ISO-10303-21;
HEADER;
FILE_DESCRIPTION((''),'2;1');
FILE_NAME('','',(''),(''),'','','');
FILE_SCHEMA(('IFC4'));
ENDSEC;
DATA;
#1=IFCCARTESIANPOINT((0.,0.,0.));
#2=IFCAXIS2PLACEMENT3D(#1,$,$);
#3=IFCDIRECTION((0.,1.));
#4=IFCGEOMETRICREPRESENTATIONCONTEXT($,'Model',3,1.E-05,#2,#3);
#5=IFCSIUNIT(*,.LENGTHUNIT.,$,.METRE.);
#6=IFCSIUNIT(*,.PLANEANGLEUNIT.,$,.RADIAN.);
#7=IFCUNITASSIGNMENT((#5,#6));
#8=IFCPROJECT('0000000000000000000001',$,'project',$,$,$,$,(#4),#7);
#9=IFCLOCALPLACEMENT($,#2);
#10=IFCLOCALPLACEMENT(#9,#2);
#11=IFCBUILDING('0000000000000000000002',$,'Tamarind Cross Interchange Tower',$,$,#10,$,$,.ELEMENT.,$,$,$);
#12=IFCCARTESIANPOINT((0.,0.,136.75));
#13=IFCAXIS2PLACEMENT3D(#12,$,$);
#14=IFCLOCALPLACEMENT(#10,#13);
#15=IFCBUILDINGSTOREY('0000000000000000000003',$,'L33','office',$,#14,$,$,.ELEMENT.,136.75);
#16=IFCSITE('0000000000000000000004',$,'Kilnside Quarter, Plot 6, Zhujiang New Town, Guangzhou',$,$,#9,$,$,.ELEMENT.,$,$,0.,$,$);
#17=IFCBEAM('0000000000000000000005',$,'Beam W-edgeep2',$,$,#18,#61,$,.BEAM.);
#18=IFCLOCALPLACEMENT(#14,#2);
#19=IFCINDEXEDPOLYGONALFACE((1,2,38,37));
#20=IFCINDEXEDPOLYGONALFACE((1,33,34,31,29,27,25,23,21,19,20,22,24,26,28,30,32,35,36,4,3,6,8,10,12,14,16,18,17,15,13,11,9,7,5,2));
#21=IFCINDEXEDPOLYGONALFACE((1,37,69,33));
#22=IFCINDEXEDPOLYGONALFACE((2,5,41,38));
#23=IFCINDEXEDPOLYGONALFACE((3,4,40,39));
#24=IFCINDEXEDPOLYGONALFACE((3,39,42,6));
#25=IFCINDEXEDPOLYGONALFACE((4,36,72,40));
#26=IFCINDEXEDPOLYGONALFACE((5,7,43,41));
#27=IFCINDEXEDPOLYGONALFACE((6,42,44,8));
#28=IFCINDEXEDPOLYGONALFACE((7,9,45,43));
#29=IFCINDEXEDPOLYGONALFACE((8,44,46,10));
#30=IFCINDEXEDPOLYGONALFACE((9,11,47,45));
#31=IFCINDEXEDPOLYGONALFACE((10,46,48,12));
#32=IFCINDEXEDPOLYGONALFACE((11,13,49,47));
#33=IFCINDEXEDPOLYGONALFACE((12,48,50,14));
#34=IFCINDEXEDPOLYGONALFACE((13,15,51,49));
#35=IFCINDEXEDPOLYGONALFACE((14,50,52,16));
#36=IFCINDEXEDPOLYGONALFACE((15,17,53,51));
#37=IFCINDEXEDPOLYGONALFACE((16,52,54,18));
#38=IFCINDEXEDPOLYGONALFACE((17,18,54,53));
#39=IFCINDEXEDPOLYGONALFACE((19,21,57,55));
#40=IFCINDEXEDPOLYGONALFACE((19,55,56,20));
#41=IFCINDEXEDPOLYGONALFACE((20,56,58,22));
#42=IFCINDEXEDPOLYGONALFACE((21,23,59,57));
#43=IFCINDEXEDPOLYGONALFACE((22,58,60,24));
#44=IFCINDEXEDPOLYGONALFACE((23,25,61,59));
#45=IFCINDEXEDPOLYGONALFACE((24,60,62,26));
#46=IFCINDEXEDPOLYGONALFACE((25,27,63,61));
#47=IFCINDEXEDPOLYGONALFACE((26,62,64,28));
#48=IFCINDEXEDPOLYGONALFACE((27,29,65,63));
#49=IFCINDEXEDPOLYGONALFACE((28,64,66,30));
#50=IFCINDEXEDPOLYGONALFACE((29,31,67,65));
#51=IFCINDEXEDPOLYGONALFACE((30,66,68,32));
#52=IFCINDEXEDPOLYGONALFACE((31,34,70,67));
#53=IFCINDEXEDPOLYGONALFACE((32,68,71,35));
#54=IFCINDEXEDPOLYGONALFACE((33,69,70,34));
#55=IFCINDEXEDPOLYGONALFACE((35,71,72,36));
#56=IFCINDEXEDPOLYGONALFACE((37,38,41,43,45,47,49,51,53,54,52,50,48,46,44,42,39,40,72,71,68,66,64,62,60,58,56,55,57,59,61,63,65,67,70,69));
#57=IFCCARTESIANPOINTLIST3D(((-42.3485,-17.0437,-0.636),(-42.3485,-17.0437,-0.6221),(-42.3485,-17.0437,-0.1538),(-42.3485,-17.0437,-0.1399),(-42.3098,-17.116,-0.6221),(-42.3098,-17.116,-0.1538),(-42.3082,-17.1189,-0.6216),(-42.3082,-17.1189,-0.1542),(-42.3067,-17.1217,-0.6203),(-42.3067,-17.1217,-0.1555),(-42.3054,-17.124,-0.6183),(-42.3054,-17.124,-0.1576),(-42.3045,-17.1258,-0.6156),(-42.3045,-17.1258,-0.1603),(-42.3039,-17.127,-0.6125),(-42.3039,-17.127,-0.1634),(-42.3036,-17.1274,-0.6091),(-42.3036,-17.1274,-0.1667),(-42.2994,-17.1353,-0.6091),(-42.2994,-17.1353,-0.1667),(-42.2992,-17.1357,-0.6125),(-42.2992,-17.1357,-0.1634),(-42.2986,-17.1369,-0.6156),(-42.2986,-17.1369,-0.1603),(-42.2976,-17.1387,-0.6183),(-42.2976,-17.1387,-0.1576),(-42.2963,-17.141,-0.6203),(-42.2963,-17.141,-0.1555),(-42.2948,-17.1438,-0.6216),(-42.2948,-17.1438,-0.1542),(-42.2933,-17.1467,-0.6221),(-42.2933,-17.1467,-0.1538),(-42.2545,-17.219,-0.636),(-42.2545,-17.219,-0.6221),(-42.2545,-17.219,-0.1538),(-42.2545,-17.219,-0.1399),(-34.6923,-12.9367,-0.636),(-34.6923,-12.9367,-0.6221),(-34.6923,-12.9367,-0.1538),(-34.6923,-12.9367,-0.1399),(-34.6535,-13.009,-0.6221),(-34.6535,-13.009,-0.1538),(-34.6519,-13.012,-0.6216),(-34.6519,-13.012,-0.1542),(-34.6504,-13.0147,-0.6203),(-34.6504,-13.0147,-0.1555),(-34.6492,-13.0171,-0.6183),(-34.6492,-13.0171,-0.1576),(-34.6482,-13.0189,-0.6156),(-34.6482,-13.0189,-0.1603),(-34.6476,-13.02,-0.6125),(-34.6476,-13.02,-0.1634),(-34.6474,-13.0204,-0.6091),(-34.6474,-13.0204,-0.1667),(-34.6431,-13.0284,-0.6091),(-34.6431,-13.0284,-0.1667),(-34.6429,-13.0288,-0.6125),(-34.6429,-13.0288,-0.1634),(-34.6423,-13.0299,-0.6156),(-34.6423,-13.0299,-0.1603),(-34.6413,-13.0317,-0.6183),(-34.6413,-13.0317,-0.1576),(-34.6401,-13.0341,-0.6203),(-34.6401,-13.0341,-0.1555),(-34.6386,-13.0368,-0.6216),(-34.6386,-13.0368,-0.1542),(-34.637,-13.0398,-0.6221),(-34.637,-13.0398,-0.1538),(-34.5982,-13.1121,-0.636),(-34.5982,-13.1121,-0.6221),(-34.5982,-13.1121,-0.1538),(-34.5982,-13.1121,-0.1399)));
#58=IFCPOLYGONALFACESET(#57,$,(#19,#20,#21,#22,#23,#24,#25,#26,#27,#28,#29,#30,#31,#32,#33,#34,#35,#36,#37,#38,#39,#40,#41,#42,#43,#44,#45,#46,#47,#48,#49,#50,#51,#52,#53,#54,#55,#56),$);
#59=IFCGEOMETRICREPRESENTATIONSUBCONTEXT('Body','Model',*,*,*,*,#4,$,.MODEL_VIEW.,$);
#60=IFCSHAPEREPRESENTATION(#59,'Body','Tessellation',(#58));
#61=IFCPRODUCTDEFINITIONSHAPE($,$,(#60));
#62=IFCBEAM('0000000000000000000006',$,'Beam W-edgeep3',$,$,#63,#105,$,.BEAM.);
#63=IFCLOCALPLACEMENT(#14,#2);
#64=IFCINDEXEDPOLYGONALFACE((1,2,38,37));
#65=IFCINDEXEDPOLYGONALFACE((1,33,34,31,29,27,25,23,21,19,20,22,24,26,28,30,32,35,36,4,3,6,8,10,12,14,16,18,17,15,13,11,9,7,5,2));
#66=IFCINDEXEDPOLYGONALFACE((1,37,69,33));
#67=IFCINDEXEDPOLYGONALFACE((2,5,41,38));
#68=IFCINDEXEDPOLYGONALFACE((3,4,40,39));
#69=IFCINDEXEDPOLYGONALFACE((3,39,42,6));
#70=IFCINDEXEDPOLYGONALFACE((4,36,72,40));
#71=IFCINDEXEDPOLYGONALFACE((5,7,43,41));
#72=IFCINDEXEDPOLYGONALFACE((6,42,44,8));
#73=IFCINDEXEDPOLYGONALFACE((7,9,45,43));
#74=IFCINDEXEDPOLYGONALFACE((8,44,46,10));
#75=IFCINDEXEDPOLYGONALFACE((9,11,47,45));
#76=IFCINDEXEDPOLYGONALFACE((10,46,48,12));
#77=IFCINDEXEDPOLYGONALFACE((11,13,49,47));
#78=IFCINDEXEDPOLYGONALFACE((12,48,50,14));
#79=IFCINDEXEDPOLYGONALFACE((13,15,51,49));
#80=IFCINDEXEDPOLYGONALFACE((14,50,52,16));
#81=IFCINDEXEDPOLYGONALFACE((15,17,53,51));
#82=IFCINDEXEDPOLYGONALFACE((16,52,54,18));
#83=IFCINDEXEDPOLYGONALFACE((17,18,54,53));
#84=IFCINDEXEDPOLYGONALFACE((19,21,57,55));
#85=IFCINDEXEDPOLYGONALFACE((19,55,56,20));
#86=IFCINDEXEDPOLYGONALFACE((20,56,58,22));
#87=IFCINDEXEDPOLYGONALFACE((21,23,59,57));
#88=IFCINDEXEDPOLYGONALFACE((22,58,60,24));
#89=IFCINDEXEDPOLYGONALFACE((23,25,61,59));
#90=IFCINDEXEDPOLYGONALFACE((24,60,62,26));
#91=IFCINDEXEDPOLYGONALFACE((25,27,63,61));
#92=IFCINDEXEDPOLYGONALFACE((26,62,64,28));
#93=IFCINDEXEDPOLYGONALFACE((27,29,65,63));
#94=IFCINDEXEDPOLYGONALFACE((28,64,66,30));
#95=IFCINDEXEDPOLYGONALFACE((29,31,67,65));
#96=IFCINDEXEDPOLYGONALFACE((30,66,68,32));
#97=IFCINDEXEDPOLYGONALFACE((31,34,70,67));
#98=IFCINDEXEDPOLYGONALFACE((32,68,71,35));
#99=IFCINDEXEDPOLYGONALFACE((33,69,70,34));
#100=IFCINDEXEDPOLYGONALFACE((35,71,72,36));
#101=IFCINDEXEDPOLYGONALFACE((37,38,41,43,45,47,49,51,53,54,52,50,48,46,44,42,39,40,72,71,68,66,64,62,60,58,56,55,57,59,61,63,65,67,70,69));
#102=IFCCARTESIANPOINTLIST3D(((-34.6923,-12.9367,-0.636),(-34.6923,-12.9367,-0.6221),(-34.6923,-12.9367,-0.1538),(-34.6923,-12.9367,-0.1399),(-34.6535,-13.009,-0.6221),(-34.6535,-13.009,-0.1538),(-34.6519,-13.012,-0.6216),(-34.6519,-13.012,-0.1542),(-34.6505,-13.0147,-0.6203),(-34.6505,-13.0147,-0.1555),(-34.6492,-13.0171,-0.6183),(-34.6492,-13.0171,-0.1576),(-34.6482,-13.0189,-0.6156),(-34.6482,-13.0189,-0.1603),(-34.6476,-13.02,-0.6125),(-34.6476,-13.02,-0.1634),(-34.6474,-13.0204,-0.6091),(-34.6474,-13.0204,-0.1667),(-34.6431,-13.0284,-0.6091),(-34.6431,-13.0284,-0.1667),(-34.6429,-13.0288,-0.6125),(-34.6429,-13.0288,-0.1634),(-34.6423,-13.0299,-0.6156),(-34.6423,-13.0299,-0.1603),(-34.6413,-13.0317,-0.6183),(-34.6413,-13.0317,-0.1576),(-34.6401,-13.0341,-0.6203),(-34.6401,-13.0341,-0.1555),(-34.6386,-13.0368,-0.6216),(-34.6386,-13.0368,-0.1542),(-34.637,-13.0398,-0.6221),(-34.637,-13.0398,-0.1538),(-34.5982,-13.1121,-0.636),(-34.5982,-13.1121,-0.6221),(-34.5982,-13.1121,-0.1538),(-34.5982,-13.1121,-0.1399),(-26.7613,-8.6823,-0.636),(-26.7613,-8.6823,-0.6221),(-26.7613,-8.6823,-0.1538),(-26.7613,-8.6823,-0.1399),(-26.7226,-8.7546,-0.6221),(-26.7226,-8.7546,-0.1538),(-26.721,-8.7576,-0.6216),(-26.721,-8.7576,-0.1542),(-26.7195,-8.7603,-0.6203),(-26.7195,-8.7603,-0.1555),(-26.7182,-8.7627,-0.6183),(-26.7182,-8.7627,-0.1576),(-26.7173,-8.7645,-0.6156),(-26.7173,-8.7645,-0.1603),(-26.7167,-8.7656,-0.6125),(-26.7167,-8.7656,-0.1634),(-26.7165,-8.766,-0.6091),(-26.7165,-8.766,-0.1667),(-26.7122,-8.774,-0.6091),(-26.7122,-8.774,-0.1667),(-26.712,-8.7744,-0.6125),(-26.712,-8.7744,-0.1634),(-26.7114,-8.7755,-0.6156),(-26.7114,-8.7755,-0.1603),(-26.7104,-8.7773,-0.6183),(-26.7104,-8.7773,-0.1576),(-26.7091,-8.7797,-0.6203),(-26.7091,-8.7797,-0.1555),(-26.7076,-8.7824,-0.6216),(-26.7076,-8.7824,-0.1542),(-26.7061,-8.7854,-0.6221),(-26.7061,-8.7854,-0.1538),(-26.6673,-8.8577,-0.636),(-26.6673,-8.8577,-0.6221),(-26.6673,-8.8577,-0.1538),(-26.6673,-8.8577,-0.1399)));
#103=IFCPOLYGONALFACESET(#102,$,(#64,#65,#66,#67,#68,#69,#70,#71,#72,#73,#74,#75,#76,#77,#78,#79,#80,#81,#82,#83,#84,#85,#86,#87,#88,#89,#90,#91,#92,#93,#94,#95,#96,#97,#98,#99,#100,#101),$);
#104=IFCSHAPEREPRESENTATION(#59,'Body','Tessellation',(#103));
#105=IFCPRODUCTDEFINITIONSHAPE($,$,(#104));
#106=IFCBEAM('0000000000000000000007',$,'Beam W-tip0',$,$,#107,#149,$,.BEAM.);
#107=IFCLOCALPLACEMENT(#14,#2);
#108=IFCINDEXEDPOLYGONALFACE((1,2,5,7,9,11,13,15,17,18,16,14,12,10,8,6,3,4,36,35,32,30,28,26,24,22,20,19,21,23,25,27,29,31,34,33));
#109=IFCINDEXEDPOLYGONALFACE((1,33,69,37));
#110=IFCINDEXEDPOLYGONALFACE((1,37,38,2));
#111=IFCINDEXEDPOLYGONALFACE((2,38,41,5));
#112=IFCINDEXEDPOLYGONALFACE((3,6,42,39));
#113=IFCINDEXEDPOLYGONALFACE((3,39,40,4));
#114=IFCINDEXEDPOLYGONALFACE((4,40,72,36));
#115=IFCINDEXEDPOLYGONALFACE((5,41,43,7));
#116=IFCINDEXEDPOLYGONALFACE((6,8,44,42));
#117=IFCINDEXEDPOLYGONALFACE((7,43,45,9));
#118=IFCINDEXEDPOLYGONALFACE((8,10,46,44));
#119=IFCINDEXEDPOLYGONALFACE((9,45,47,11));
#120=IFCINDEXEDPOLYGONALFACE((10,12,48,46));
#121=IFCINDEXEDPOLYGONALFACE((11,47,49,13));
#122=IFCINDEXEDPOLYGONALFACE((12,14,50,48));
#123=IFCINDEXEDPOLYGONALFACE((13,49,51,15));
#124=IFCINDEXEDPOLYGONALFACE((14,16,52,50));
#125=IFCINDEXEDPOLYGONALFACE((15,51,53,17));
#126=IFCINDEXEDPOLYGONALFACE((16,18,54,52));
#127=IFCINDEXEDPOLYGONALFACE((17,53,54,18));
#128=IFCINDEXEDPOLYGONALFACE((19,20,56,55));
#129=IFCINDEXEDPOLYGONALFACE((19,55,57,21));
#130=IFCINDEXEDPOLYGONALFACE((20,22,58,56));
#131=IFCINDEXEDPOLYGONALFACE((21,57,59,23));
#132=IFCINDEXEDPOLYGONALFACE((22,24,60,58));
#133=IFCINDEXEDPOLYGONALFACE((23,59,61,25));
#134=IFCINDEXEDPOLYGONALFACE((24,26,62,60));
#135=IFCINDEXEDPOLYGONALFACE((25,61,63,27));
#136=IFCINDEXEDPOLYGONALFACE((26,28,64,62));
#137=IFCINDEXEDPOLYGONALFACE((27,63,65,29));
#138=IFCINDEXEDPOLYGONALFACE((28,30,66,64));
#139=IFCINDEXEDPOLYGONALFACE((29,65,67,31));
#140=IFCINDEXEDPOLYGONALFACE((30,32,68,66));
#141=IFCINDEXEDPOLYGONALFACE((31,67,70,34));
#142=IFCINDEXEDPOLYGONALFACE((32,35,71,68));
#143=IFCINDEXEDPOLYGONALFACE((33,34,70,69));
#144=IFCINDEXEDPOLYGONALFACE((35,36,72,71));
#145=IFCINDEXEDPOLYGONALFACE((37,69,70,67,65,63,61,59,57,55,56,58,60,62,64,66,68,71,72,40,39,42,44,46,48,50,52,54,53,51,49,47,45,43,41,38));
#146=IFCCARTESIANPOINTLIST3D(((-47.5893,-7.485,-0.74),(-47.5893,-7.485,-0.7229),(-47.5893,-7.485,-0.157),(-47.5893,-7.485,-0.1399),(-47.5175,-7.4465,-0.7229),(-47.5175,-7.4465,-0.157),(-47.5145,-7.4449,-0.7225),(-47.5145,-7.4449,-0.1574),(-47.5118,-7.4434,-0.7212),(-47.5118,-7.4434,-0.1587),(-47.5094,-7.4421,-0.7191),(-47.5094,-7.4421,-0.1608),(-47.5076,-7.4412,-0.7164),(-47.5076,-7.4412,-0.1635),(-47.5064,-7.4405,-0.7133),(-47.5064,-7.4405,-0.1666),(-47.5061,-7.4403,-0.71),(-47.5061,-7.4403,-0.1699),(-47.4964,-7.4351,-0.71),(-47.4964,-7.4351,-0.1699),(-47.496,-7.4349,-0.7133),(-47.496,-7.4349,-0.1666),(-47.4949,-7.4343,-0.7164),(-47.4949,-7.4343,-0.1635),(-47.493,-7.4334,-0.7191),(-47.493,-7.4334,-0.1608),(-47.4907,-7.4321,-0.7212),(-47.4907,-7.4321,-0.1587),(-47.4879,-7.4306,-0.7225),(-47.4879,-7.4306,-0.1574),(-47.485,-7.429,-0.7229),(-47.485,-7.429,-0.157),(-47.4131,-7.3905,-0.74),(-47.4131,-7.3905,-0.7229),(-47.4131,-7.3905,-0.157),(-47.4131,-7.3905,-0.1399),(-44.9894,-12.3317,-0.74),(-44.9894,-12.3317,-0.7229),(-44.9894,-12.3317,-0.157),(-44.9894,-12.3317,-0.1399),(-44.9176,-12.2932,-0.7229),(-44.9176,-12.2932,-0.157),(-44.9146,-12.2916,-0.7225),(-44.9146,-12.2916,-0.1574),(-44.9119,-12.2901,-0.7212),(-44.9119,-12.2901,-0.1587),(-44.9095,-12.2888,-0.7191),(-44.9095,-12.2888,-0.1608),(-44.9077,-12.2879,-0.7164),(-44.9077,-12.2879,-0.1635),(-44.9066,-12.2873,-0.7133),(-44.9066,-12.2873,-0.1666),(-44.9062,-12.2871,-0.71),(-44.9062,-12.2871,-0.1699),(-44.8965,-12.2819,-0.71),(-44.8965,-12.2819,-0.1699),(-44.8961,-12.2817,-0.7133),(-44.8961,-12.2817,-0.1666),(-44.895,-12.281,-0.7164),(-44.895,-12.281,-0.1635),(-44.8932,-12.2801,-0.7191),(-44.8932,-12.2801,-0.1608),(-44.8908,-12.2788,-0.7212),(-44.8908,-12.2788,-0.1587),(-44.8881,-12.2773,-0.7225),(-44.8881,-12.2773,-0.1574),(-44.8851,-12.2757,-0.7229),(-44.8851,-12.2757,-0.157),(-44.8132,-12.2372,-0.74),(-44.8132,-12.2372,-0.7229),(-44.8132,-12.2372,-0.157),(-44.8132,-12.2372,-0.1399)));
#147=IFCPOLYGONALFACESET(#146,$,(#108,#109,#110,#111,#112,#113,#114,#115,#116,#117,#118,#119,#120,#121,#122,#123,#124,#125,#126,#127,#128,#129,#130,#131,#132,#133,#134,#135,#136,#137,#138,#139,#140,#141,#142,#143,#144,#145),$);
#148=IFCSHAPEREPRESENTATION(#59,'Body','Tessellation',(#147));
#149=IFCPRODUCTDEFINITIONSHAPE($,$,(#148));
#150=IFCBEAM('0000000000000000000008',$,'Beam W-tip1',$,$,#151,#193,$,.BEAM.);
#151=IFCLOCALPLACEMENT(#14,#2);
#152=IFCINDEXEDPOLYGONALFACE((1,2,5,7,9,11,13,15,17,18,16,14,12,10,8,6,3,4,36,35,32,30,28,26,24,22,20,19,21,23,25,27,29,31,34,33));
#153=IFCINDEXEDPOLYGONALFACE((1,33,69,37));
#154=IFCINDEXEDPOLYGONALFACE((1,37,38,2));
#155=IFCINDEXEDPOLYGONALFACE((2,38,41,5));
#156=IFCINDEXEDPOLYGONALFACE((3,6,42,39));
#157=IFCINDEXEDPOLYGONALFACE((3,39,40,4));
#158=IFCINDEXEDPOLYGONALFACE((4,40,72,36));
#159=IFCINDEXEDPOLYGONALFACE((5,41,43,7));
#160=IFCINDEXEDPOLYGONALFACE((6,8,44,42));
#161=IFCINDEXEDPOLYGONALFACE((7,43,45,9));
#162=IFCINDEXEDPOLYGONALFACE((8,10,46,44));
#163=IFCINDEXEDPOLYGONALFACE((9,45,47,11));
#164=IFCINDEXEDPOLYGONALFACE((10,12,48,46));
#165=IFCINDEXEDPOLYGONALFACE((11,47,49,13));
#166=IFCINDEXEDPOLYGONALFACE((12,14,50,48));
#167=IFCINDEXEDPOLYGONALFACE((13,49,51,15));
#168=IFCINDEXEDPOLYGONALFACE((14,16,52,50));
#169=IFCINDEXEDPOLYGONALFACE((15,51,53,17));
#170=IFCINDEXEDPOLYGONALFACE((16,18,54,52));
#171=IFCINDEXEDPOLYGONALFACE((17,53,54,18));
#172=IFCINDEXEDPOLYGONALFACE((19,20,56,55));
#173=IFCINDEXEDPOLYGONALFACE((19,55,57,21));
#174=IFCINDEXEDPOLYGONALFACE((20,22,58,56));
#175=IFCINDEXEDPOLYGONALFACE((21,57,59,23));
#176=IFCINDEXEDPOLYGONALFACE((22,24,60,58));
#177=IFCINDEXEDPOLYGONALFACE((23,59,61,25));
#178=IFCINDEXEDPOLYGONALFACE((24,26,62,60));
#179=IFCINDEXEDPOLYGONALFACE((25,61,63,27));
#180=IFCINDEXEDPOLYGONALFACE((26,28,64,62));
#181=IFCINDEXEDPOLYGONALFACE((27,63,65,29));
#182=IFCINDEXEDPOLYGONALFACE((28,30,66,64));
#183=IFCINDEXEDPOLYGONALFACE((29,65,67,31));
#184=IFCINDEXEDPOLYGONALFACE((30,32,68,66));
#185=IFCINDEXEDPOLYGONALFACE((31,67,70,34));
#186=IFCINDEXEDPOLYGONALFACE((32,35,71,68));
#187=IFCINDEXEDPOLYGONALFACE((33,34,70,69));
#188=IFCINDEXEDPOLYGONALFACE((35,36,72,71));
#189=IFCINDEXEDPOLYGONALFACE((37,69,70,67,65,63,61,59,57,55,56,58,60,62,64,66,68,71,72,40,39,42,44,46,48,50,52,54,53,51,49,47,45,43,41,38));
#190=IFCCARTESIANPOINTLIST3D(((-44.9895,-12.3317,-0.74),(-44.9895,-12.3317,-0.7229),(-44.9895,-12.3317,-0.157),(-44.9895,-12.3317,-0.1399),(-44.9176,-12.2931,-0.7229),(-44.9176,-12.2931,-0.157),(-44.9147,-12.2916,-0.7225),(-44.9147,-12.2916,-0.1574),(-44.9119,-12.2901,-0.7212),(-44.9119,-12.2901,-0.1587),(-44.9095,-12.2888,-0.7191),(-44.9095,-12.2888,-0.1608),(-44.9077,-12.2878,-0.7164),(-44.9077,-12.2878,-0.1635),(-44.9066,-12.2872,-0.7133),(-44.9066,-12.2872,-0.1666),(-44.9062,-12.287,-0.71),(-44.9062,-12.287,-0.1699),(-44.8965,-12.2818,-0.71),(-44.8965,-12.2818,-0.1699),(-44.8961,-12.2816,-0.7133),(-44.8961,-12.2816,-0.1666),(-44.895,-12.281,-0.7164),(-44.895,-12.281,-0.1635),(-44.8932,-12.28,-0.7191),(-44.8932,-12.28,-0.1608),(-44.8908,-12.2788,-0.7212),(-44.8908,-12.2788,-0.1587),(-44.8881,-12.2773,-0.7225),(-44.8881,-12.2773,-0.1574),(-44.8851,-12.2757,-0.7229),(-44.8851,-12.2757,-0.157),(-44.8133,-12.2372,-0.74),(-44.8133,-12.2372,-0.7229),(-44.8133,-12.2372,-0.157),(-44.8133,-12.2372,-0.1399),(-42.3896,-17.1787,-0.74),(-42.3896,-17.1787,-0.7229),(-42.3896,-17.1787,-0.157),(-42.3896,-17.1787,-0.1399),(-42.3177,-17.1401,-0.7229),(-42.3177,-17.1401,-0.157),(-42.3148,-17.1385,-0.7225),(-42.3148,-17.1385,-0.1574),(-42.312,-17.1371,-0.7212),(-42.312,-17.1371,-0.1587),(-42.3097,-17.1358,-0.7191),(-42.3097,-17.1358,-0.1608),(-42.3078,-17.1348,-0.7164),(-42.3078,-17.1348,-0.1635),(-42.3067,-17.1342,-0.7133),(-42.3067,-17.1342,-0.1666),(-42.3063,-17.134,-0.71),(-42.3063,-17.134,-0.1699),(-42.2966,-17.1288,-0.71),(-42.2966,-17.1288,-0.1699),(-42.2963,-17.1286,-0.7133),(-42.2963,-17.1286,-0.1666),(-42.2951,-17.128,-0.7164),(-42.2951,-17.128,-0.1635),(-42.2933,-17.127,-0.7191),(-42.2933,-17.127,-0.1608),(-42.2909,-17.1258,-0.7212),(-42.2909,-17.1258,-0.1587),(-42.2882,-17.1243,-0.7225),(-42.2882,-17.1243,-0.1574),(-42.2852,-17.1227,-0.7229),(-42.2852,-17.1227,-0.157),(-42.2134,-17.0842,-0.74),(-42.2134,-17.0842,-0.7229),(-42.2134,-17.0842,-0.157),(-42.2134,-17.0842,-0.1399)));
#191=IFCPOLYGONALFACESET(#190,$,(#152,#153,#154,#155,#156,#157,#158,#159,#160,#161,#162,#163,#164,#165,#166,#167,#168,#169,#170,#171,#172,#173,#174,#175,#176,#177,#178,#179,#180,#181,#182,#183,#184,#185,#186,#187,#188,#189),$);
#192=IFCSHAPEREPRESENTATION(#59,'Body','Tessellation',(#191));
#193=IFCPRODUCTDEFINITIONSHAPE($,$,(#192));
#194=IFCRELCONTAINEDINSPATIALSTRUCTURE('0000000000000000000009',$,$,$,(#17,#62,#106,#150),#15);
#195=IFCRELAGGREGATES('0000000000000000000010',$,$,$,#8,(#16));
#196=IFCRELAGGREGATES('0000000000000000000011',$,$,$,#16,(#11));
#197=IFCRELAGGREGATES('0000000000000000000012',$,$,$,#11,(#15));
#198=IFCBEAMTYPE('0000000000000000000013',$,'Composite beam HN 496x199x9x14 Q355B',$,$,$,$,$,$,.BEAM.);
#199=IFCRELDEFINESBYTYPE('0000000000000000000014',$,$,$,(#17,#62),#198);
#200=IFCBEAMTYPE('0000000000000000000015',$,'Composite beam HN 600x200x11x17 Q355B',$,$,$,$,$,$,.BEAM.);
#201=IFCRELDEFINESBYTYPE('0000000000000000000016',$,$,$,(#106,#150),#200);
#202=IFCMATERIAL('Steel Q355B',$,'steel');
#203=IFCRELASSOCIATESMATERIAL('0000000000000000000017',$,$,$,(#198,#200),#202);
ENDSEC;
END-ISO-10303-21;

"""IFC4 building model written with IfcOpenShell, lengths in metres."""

from ifc_helpers import new_model, si_unit, direction, frame, origin, origin_2d, place, context, subcontext, project, spatial, i_section, extrude, material, material_profile, profile_set, type_object, element, save


model = new_model("IFC4")

# Units and contexts
model_context = context("Model", 3, precision=1e-05, world=origin(), true_north=direction((0.0, 1.0)))
body_context = subcontext(model_context, "Body", "Model", "MODEL_VIEW")
ifc_project = project(units=[si_unit("LENGTHUNIT", "METRE"), si_unit("PLANEANGLEUNIT", "RADIAN")], contexts=[model_context])

# Site, building, storey
site_placement = place(None, origin())
site = spatial("IfcSite", under=ifc_project, at=site_placement, Name="Kilnside Quarter, Plot 6, Zhujiang New Town, Guangzhou", CompositionType="ELEMENT", RefElevation=0.0)
building_placement = place(site_placement, origin())
building = spatial("IfcBuilding", under=site, at=building_placement, Name="Tamarind Cross Interchange Tower", CompositionType="ELEMENT")
storey_placement = place(building_placement, frame((0.0, 0.0, 136.75)))
storey = spatial("IfcBuildingStorey", under=building, at=storey_placement, Name="L33", Description="office", CompositionType="ELEMENT", Elevation=136.75)

# Beams
ifc_material_1 = material(Name="Steel Q355B", Category="steel")
ifc_material_profile_1 = material_profile(ifc_material_1, i_section(OverallWidth=0.199, OverallDepth=0.4961, WebThickness=0.009, FlangeThickness=0.0139, FilletRadius=0.0129, at=origin_2d()), Name="HN 496x199x9x14")
ifc_profile_set_1 = profile_set([ifc_material_profile_1], Name="Steel Q355B")
beam_type_1 = type_object("IfcBeamType", Name="Composite beam HN 496x199x9x14 Q355B", PredefinedType="BEAM", material=ifc_profile_set_1)
beam_1_placement = place(storey_placement, frame((-42.3015, -17.1313, -0.3879), z_axis=(0.881223, 0.472702, 0.0), x_axis=(-0.472702, 0.881223, 0.0)))
element("IfcBeam", 1, at=beam_1_placement, inside=storey, type_object=beam_type_1, Name="Beam W-edgeep2", PredefinedType="BEAM", context=body_context, shape_type="SweptSolid", body=[
    extrude(i_section(OverallWidth=0.199, OverallDepth=0.4961, WebThickness=0.009, FlangeThickness=0.0139, FilletRadius=0.0129, at=origin_2d()), origin(), (0.0, 0.0, 1.0), 8.6882),
])
beam_2_placement = place(storey_placement, frame((-34.6453, -13.0244, -0.3879), z_axis=(0.881216, 0.472713, 0.0), x_axis=(-0.472713, 0.881216, 0.0)))
element("IfcBeam", 2, at=beam_2_placement, inside=storey, type_object=beam_type_1, Name="Beam W-edgeep3", PredefinedType="BEAM", context=body_context, shape_type="SweptSolid", body=[
    extrude(i_section(OverallWidth=0.199, OverallDepth=0.4961, WebThickness=0.009, FlangeThickness=0.0139, FilletRadius=0.0129, at=origin_2d()), origin(), (0.0, 0.0, 1.0), 9.0),
])
ifc_material_profile_2 = material_profile(ifc_material_1, i_section(OverallWidth=0.2, OverallDepth=0.6001, WebThickness=0.011, FlangeThickness=0.0171, FilletRadius=0.0129, at=origin_2d()), Name="HN 600x200x11x17")
ifc_profile_set_2 = profile_set([ifc_material_profile_2], Name="Steel Q355B")
beam_type_2 = type_object("IfcBeamType", Name="Composite beam HN 600x200x11x17 Q355B", PredefinedType="BEAM", material=ifc_profile_set_2)
beam_3_placement = place(storey_placement, frame((-47.5012, -7.4377, -0.4399), z_axis=(0.472704, -0.881221, 0.0), x_axis=(0.881221, 0.472704, 0.0)))
element("IfcBeam", 3, at=beam_3_placement, inside=storey, type_object=beam_type_2, Name="Beam W-tip0", PredefinedType="BEAM", context=body_context, shape_type="SweptSolid", body=[
    extrude(i_section(OverallWidth=0.2, OverallDepth=0.6001, WebThickness=0.011, FlangeThickness=0.0171, FilletRadius=0.0129, at=origin_2d()), origin(), (0.0, 0.0, 1.0), 5.5),
])
beam_4_placement = place(storey_placement, frame((-44.9014, -12.2844, -0.4399), z_axis=(0.472686, -0.881231, 0.0), x_axis=(0.881231, 0.472686, 0.0)))
element("IfcBeam", 4, at=beam_4_placement, inside=storey, type_object=beam_type_2, Name="Beam W-tip1", PredefinedType="BEAM", context=body_context, shape_type="SweptSolid", body=[
    extrude(i_section(OverallWidth=0.2, OverallDepth=0.6001, WebThickness=0.011, FlangeThickness=0.0171, FilletRadius=0.0129, at=origin_2d()), origin(), (0.0, 0.0, 1.0), 5.5002),
])

save(model, "model.ifc")
